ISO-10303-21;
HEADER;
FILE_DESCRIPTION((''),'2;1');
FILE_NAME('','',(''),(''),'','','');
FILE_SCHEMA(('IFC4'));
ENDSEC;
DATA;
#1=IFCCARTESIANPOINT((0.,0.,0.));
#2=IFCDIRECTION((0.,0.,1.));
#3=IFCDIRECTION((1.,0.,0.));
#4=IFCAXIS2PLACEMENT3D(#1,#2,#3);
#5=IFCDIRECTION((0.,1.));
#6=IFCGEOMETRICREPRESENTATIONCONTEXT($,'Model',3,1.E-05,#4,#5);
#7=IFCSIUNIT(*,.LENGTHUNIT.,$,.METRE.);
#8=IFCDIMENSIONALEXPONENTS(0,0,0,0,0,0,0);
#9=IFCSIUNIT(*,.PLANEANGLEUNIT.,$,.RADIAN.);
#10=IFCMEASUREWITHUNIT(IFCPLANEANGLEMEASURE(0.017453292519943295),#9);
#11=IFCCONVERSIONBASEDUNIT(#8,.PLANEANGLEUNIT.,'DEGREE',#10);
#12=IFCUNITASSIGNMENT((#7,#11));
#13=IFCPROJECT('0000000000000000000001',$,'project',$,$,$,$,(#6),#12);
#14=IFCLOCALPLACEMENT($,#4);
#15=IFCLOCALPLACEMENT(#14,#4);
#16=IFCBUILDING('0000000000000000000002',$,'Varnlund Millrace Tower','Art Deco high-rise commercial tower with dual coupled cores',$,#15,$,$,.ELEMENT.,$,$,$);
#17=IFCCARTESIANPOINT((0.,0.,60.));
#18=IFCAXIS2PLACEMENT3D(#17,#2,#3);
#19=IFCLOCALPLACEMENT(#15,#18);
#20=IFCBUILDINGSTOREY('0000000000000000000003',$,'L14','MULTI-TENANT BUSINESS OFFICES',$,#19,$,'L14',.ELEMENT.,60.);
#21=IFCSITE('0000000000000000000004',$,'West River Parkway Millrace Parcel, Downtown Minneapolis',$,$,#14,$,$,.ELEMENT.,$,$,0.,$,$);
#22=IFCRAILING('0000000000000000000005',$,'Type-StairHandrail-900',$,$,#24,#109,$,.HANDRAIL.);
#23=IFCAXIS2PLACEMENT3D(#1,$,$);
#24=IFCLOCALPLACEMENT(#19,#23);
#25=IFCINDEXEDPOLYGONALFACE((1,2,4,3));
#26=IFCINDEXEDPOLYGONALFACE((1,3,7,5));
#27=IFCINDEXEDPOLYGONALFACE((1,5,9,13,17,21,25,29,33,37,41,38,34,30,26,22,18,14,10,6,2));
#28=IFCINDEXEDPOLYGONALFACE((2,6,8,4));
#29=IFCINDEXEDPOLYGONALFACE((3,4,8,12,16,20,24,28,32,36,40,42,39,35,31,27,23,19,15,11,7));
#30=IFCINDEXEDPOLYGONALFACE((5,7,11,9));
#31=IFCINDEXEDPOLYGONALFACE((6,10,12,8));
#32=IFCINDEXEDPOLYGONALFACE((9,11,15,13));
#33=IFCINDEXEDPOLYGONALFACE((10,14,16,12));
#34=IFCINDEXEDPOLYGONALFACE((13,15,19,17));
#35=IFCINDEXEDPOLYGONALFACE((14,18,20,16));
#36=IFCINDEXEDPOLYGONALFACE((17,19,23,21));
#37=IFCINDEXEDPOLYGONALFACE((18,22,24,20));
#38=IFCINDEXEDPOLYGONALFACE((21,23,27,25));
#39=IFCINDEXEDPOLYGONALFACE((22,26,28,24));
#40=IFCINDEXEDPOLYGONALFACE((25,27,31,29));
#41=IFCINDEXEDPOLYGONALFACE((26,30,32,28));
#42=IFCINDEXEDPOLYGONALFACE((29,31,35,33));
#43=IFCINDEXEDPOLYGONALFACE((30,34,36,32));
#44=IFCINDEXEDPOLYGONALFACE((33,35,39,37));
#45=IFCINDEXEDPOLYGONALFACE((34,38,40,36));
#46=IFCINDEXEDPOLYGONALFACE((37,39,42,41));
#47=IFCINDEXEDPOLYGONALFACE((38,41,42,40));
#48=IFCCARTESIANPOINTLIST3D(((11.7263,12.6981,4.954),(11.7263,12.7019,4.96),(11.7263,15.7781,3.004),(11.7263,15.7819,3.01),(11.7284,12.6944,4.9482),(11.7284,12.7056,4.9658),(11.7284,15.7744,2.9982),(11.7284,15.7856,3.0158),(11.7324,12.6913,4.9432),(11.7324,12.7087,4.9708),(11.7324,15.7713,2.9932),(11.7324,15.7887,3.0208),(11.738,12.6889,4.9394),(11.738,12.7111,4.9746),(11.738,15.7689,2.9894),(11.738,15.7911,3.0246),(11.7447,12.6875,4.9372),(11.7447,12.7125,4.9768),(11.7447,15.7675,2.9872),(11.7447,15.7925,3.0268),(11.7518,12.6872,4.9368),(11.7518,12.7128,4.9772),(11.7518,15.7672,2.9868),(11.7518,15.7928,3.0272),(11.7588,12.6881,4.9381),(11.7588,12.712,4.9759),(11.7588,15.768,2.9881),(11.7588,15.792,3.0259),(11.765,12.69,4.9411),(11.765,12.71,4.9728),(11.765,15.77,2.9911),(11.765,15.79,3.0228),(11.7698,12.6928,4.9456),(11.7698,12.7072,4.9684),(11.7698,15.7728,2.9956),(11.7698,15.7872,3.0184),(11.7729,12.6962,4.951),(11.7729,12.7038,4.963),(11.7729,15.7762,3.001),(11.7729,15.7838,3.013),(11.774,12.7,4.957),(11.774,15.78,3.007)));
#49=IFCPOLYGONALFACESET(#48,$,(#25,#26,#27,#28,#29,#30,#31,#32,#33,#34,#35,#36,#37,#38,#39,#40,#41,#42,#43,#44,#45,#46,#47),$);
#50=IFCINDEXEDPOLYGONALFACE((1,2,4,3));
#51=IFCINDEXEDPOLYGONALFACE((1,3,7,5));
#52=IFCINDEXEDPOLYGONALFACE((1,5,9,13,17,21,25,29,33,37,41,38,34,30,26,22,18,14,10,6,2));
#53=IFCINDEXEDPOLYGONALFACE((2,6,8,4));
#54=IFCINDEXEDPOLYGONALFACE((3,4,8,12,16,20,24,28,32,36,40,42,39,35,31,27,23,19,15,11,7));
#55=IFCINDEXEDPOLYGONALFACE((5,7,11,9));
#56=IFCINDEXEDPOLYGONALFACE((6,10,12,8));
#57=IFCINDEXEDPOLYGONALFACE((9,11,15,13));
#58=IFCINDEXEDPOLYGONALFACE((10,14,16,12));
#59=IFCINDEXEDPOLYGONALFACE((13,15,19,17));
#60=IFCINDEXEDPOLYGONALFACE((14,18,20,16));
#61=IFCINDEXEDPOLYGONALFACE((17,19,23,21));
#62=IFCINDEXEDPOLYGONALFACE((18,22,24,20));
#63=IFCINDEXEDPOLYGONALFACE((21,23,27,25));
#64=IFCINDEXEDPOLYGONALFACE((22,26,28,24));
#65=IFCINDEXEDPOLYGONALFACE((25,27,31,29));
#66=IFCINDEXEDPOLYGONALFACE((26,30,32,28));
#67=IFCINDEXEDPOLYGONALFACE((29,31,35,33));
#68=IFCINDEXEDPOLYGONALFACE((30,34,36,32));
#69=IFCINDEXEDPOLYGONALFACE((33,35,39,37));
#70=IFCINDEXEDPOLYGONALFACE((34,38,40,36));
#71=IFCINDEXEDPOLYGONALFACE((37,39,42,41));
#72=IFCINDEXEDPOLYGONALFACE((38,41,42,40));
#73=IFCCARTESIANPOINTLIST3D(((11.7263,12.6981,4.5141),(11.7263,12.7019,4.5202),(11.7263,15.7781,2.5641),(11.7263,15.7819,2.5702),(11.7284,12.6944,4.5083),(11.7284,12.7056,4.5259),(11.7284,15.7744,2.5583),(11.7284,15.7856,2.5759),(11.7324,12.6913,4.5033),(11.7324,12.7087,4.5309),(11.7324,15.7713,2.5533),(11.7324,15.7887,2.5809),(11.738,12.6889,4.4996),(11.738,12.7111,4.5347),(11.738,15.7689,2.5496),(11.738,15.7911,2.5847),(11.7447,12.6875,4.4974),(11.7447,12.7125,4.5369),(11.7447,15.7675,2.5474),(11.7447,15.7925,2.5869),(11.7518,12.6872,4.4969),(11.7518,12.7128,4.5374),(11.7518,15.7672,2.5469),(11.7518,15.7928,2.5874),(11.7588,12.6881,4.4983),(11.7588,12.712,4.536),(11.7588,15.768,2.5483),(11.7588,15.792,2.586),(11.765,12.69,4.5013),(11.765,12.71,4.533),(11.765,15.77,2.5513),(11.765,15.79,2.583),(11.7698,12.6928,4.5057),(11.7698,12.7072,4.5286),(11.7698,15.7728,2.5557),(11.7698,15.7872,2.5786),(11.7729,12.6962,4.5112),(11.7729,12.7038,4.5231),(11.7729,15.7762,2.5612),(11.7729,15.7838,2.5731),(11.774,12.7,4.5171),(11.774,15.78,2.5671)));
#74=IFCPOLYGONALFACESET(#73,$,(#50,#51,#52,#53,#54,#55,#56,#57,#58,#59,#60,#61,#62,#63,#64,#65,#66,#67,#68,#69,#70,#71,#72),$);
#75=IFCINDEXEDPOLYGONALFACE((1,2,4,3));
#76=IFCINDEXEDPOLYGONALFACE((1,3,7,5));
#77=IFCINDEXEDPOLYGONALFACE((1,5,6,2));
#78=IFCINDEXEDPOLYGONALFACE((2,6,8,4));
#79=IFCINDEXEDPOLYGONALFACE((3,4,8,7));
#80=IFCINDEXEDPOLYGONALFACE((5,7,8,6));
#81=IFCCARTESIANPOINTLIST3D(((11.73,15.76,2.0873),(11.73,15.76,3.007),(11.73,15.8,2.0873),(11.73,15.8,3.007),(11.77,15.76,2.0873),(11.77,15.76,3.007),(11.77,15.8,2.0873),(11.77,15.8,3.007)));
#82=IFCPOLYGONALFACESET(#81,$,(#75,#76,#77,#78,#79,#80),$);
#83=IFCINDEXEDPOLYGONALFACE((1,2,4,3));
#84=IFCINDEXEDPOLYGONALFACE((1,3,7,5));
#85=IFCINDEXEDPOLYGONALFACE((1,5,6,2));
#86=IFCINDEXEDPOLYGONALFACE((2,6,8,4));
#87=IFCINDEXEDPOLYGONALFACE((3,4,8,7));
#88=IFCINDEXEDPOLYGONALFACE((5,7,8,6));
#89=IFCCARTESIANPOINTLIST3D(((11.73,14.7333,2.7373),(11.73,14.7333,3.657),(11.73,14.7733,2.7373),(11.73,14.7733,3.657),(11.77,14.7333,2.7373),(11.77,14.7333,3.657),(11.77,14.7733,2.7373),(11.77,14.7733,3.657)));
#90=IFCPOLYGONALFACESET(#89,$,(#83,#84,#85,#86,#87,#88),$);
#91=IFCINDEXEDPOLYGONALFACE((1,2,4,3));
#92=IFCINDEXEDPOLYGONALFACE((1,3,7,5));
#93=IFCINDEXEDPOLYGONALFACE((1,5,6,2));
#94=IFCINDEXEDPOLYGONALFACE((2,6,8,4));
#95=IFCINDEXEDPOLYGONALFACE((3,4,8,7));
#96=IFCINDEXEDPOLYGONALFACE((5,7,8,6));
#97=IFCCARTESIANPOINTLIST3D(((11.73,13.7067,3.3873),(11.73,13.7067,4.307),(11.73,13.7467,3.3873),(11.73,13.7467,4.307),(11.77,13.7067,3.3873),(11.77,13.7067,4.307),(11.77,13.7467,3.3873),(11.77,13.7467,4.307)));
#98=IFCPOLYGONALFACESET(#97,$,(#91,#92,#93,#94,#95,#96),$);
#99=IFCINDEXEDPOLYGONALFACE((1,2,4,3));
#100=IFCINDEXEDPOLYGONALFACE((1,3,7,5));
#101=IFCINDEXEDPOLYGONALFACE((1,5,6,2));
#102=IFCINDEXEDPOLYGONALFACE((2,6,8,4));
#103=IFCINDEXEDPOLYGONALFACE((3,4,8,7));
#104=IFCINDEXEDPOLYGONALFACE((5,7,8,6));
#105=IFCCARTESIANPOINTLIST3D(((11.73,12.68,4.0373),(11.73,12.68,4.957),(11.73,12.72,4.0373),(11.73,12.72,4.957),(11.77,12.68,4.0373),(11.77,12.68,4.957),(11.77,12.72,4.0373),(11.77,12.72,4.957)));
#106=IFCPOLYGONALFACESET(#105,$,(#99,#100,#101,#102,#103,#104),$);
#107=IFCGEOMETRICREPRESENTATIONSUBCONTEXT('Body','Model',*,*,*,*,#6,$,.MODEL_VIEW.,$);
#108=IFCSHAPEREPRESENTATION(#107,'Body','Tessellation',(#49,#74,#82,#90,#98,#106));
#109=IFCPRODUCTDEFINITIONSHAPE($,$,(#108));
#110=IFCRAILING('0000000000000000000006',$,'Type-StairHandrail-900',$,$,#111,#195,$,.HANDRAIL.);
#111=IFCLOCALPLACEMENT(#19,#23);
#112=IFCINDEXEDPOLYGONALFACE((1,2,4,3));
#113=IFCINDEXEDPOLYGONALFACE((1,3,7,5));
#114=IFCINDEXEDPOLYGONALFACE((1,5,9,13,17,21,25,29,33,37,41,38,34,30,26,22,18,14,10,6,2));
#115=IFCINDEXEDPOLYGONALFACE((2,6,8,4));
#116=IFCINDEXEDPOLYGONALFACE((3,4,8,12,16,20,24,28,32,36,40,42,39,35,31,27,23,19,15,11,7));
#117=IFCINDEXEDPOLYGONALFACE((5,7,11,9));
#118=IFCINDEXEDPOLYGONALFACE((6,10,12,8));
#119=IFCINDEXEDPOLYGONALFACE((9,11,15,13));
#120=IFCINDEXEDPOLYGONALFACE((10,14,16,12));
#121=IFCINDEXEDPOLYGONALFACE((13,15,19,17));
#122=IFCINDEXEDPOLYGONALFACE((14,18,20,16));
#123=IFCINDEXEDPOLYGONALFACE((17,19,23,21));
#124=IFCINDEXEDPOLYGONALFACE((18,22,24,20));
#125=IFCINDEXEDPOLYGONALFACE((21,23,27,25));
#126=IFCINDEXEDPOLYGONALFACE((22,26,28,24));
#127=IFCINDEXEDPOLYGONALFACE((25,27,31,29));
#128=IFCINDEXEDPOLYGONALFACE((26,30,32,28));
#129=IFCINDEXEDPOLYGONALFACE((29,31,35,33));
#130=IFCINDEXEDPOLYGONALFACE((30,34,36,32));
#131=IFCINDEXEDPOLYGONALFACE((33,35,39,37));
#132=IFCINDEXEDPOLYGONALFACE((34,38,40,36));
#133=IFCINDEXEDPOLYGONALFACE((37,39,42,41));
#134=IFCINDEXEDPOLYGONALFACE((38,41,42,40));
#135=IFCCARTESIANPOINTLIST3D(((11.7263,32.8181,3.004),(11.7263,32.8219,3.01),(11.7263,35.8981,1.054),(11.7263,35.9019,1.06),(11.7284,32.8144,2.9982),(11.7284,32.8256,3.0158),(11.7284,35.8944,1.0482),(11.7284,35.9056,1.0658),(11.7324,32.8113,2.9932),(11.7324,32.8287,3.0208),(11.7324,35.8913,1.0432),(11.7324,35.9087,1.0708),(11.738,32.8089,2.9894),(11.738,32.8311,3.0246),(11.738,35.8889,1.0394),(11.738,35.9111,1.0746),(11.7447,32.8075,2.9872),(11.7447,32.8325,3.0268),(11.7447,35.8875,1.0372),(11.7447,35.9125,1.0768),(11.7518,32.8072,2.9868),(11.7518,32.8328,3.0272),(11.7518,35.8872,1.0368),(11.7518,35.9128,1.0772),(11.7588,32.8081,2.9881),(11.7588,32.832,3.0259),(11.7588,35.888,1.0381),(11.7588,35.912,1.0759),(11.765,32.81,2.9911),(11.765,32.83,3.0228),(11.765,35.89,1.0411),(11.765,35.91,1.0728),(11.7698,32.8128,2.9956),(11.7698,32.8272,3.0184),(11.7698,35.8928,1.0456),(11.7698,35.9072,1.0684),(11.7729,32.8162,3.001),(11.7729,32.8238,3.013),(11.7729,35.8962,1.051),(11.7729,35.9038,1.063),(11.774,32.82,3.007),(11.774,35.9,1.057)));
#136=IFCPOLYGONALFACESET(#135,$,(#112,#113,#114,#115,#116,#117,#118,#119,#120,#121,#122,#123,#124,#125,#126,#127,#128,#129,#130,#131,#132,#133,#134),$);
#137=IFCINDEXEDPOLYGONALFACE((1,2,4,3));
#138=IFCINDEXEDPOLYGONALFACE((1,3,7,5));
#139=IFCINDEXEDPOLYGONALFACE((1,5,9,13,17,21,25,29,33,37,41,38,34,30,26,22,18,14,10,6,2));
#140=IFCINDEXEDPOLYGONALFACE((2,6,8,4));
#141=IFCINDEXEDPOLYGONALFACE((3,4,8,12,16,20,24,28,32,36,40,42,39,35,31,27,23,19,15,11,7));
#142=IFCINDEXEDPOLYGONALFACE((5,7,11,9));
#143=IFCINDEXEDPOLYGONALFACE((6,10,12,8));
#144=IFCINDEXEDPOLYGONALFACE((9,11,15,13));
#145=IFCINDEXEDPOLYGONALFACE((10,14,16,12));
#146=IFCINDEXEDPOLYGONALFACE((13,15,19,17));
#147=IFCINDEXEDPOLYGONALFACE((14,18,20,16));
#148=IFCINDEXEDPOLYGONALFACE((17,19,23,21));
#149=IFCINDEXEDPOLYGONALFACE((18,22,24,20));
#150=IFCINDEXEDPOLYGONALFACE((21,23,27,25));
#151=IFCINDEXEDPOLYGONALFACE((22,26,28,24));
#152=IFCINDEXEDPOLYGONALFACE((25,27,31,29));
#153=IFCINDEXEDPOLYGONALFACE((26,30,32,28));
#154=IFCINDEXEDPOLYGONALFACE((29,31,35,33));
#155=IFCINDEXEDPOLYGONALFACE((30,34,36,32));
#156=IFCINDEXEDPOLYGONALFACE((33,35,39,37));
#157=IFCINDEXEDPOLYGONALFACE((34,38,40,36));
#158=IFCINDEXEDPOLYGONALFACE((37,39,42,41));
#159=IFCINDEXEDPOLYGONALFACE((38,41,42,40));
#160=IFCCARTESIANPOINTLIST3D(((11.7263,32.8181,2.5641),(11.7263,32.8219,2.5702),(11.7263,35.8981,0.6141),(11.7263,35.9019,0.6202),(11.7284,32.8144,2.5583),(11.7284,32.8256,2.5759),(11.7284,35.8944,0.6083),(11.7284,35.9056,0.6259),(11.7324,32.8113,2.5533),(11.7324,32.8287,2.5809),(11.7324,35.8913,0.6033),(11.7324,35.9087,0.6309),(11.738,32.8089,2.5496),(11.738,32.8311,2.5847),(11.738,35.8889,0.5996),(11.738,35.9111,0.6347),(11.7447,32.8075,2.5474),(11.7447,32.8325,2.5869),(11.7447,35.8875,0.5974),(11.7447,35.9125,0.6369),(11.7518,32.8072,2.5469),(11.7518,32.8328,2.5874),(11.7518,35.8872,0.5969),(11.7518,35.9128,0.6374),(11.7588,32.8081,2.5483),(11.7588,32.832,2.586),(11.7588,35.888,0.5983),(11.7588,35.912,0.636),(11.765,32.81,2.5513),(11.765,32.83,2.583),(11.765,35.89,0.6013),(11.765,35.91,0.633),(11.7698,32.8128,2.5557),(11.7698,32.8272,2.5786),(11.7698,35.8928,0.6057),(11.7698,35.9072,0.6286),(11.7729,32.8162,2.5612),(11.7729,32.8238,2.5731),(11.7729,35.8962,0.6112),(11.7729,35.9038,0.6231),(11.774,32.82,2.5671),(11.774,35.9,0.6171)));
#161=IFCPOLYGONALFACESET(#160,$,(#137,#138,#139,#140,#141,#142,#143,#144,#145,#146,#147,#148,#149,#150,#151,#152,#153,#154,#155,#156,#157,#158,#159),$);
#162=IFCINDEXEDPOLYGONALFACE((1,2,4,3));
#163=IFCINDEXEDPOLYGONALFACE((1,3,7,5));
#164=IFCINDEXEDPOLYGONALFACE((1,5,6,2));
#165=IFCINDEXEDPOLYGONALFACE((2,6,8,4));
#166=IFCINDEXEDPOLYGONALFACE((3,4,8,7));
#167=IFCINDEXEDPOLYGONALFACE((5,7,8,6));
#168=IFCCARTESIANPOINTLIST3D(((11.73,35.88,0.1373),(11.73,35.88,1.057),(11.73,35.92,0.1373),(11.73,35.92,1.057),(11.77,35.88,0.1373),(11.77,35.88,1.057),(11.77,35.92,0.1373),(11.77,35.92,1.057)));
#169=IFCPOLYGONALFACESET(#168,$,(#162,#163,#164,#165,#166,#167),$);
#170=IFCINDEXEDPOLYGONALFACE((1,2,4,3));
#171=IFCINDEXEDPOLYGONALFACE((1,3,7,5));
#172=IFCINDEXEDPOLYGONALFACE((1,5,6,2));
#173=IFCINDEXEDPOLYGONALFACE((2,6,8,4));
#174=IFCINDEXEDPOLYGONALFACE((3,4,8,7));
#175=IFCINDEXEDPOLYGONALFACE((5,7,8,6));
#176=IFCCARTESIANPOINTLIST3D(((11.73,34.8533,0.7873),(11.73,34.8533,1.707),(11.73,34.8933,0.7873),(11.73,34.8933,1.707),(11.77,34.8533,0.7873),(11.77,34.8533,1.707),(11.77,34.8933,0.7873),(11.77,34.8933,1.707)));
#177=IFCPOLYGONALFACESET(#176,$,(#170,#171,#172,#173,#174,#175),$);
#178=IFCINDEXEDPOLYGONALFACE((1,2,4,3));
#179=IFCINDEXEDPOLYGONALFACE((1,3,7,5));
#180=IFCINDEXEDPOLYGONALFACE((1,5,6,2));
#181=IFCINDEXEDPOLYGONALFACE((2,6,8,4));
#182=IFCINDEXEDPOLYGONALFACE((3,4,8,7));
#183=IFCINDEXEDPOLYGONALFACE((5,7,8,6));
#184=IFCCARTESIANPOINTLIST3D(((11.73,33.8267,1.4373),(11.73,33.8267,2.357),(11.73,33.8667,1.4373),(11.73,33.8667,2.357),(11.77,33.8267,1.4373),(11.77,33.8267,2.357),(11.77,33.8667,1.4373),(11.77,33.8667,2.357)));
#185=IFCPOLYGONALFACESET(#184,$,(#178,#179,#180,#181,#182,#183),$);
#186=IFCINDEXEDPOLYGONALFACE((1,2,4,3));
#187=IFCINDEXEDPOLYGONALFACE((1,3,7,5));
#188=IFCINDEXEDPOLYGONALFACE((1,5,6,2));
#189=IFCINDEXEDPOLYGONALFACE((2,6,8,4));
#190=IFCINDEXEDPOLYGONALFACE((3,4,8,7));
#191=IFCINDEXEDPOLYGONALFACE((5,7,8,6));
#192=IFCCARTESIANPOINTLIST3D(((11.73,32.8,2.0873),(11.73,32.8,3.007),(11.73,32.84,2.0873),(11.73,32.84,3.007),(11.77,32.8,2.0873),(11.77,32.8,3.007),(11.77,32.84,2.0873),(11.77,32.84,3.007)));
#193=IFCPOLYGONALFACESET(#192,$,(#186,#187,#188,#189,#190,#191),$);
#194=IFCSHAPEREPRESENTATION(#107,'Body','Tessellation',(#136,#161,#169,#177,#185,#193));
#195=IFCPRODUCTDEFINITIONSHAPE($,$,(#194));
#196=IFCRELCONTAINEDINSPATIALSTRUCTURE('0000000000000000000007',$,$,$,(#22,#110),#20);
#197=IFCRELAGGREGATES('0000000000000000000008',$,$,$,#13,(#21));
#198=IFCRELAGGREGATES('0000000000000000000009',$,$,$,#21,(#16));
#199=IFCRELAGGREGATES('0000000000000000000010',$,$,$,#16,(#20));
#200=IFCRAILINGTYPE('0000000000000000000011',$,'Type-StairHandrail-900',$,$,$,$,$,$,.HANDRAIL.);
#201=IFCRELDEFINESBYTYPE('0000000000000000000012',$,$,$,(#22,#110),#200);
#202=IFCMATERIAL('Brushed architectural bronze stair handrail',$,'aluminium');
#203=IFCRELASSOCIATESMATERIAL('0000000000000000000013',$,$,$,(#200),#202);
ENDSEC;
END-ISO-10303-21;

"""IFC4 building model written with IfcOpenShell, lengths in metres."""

from ifc_helpers import new_model, entity, si_unit, converted_unit, direction, frame, origin_with_axes, origin_2d_with_axis, place, context, subcontext, project, spatial, rectangle, circle, extrude, material, type_object, element, save


model = new_model("IFC4")

# Units and contexts
model_context = context("Model", 3, precision=1e-05, world=origin_with_axes(), true_north=direction((0.0, 1.0)))
body_context = subcontext(model_context, "Body", "Model", "MODEL_VIEW")
ifc_project = project(units=[si_unit("LENGTHUNIT", "METRE"), converted_unit("PLANEANGLEUNIT", "DEGREE", entity("IfcPlaneAngleMeasure", 0.017453292519943295), si_unit("PLANEANGLEUNIT", "RADIAN"), dimensions=[0, 0, 0, 0, 0, 0, 0])], contexts=[model_context])

# Site, building, storey
site_placement = place(None, origin_with_axes())
site = spatial("IfcSite", under=ifc_project, at=site_placement, Name="West River Parkway Millrace Parcel, Downtown Minneapolis", CompositionType="ELEMENT", RefElevation=0.0)
building_placement = place(site_placement, origin_with_axes())
building = spatial("IfcBuilding", under=site, at=building_placement, Name="Varnlund Millrace Tower", Description="Art Deco high-rise commercial tower with dual coupled cores", CompositionType="ELEMENT")
storey_placement = place(building_placement, frame((0.0, 0.0, 60.0), z_axis=(0.0, 0.0, 1.0), x_axis=(1.0, 0.0, 0.0)))
storey = spatial("IfcBuildingStorey", under=building, at=storey_placement, Name="L14", Description="MULTI-TENANT BUSINESS OFFICES", LongName="L14", CompositionType="ELEMENT", Elevation=60.0)

# Railings
ifc_material_1 = material(Name="Brushed architectural bronze stair handrail", Category="aluminium")
railing_type_1 = type_object("IfcRailingType", Name="Type-StairHandrail-900", PredefinedType="HANDRAIL", material=ifc_material_1)
railing_1_placement = place(storey_placement, frame((0.0, 0.0, -60.0), z_axis=(0.0, 0.0, 1.0), x_axis=(1.0, 0.0, 0.0)))
element("IfcRailing", 1, at=railing_1_placement, inside=storey, type_object=railing_type_1, Name="Type-StairHandrail-900", PredefinedType="HANDRAIL", context=body_context, shape_type="SweptSolid", body=[
    extrude(circle(Radius=0.024, at=origin_2d_with_axis()), frame((11.75, 15.78, 63.007), z_axis=(0.0, -0.844902, 0.534922), x_axis=(1.0, 0.0, 0.0)), (0.0, 0.0, 1.0), 3.6454),
    extrude(circle(Radius=0.024, at=origin_2d_with_axis()), frame((11.75, 15.78, 62.5671), z_axis=(0.0, -0.844902, 0.534922), x_axis=(1.0, 0.0, 0.0)), (0.0, 0.0, 1.0), 3.6454),
    extrude(rectangle(XDim=0.04, YDim=0.04, at=origin_2d_with_axis()), frame((11.75, 15.78, 62.0873), z_axis=(0.0, 0.0, 1.0), x_axis=(1.0, 0.0, 0.0)), (0.0, 0.0, 1.0), 0.9197),
    extrude(rectangle(XDim=0.04, YDim=0.04, at=origin_2d_with_axis()), frame((11.75, 14.7533, 62.7373), z_axis=(0.0, 0.0, 1.0), x_axis=(1.0, 0.0, 0.0)), (0.0, 0.0, 1.0), 0.9197),
    extrude(rectangle(XDim=0.04, YDim=0.04, at=origin_2d_with_axis()), frame((11.75, 13.7267, 63.3873), z_axis=(0.0, 0.0, 1.0), x_axis=(1.0, 0.0, 0.0)), (0.0, 0.0, 1.0), 0.9197),
    extrude(rectangle(XDim=0.04, YDim=0.04, at=origin_2d_with_axis()), frame((11.75, 12.7, 64.0373), z_axis=(0.0, 0.0, 1.0), x_axis=(1.0, 0.0, 0.0)), (0.0, 0.0, 1.0), 0.9197),
])
railing_2_placement = place(storey_placement, frame((0.0, 0.0, -60.0), z_axis=(0.0, 0.0, 1.0), x_axis=(1.0, 0.0, 0.0)))
element("IfcRailing", 2, at=railing_2_placement, inside=storey, type_object=railing_type_1, Name="Type-StairHandrail-900", PredefinedType="HANDRAIL", context=body_context, shape_type="SweptSolid", body=[
    extrude(circle(Radius=0.024, at=origin_2d_with_axis()), frame((11.75, 35.9, 61.057), z_axis=(0.0, -0.844902, 0.534922), x_axis=(1.0, 0.0, 0.0)), (0.0, 0.0, 1.0), 3.6454),
    extrude(circle(Radius=0.024, at=origin_2d_with_axis()), frame((11.75, 35.9, 60.6171), z_axis=(0.0, -0.844902, 0.534922), x_axis=(1.0, 0.0, 0.0)), (0.0, 0.0, 1.0), 3.6454),
    extrude(rectangle(XDim=0.04, YDim=0.04, at=origin_2d_with_axis()), frame((11.75, 35.9, 60.1373), z_axis=(0.0, 0.0, 1.0), x_axis=(1.0, 0.0, 0.0)), (0.0, 0.0, 1.0), 0.9197),
    extrude(rectangle(XDim=0.04, YDim=0.04, at=origin_2d_with_axis()), frame((11.75, 34.8733, 60.7873), z_axis=(0.0, 0.0, 1.0), x_axis=(1.0, 0.0, 0.0)), (0.0, 0.0, 1.0), 0.9197),
    extrude(rectangle(XDim=0.04, YDim=0.04, at=origin_2d_with_axis()), frame((11.75, 33.8467, 61.4373), z_axis=(0.0, 0.0, 1.0), x_axis=(1.0, 0.0, 0.0)), (0.0, 0.0, 1.0), 0.9197),
    extrude(rectangle(XDim=0.04, YDim=0.04, at=origin_2d_with_axis()), frame((11.75, 32.82, 62.0873), z_axis=(0.0, 0.0, 1.0), x_axis=(1.0, 0.0, 0.0)), (0.0, 0.0, 1.0), 0.9197),
])

save(model, "model.ifc")
